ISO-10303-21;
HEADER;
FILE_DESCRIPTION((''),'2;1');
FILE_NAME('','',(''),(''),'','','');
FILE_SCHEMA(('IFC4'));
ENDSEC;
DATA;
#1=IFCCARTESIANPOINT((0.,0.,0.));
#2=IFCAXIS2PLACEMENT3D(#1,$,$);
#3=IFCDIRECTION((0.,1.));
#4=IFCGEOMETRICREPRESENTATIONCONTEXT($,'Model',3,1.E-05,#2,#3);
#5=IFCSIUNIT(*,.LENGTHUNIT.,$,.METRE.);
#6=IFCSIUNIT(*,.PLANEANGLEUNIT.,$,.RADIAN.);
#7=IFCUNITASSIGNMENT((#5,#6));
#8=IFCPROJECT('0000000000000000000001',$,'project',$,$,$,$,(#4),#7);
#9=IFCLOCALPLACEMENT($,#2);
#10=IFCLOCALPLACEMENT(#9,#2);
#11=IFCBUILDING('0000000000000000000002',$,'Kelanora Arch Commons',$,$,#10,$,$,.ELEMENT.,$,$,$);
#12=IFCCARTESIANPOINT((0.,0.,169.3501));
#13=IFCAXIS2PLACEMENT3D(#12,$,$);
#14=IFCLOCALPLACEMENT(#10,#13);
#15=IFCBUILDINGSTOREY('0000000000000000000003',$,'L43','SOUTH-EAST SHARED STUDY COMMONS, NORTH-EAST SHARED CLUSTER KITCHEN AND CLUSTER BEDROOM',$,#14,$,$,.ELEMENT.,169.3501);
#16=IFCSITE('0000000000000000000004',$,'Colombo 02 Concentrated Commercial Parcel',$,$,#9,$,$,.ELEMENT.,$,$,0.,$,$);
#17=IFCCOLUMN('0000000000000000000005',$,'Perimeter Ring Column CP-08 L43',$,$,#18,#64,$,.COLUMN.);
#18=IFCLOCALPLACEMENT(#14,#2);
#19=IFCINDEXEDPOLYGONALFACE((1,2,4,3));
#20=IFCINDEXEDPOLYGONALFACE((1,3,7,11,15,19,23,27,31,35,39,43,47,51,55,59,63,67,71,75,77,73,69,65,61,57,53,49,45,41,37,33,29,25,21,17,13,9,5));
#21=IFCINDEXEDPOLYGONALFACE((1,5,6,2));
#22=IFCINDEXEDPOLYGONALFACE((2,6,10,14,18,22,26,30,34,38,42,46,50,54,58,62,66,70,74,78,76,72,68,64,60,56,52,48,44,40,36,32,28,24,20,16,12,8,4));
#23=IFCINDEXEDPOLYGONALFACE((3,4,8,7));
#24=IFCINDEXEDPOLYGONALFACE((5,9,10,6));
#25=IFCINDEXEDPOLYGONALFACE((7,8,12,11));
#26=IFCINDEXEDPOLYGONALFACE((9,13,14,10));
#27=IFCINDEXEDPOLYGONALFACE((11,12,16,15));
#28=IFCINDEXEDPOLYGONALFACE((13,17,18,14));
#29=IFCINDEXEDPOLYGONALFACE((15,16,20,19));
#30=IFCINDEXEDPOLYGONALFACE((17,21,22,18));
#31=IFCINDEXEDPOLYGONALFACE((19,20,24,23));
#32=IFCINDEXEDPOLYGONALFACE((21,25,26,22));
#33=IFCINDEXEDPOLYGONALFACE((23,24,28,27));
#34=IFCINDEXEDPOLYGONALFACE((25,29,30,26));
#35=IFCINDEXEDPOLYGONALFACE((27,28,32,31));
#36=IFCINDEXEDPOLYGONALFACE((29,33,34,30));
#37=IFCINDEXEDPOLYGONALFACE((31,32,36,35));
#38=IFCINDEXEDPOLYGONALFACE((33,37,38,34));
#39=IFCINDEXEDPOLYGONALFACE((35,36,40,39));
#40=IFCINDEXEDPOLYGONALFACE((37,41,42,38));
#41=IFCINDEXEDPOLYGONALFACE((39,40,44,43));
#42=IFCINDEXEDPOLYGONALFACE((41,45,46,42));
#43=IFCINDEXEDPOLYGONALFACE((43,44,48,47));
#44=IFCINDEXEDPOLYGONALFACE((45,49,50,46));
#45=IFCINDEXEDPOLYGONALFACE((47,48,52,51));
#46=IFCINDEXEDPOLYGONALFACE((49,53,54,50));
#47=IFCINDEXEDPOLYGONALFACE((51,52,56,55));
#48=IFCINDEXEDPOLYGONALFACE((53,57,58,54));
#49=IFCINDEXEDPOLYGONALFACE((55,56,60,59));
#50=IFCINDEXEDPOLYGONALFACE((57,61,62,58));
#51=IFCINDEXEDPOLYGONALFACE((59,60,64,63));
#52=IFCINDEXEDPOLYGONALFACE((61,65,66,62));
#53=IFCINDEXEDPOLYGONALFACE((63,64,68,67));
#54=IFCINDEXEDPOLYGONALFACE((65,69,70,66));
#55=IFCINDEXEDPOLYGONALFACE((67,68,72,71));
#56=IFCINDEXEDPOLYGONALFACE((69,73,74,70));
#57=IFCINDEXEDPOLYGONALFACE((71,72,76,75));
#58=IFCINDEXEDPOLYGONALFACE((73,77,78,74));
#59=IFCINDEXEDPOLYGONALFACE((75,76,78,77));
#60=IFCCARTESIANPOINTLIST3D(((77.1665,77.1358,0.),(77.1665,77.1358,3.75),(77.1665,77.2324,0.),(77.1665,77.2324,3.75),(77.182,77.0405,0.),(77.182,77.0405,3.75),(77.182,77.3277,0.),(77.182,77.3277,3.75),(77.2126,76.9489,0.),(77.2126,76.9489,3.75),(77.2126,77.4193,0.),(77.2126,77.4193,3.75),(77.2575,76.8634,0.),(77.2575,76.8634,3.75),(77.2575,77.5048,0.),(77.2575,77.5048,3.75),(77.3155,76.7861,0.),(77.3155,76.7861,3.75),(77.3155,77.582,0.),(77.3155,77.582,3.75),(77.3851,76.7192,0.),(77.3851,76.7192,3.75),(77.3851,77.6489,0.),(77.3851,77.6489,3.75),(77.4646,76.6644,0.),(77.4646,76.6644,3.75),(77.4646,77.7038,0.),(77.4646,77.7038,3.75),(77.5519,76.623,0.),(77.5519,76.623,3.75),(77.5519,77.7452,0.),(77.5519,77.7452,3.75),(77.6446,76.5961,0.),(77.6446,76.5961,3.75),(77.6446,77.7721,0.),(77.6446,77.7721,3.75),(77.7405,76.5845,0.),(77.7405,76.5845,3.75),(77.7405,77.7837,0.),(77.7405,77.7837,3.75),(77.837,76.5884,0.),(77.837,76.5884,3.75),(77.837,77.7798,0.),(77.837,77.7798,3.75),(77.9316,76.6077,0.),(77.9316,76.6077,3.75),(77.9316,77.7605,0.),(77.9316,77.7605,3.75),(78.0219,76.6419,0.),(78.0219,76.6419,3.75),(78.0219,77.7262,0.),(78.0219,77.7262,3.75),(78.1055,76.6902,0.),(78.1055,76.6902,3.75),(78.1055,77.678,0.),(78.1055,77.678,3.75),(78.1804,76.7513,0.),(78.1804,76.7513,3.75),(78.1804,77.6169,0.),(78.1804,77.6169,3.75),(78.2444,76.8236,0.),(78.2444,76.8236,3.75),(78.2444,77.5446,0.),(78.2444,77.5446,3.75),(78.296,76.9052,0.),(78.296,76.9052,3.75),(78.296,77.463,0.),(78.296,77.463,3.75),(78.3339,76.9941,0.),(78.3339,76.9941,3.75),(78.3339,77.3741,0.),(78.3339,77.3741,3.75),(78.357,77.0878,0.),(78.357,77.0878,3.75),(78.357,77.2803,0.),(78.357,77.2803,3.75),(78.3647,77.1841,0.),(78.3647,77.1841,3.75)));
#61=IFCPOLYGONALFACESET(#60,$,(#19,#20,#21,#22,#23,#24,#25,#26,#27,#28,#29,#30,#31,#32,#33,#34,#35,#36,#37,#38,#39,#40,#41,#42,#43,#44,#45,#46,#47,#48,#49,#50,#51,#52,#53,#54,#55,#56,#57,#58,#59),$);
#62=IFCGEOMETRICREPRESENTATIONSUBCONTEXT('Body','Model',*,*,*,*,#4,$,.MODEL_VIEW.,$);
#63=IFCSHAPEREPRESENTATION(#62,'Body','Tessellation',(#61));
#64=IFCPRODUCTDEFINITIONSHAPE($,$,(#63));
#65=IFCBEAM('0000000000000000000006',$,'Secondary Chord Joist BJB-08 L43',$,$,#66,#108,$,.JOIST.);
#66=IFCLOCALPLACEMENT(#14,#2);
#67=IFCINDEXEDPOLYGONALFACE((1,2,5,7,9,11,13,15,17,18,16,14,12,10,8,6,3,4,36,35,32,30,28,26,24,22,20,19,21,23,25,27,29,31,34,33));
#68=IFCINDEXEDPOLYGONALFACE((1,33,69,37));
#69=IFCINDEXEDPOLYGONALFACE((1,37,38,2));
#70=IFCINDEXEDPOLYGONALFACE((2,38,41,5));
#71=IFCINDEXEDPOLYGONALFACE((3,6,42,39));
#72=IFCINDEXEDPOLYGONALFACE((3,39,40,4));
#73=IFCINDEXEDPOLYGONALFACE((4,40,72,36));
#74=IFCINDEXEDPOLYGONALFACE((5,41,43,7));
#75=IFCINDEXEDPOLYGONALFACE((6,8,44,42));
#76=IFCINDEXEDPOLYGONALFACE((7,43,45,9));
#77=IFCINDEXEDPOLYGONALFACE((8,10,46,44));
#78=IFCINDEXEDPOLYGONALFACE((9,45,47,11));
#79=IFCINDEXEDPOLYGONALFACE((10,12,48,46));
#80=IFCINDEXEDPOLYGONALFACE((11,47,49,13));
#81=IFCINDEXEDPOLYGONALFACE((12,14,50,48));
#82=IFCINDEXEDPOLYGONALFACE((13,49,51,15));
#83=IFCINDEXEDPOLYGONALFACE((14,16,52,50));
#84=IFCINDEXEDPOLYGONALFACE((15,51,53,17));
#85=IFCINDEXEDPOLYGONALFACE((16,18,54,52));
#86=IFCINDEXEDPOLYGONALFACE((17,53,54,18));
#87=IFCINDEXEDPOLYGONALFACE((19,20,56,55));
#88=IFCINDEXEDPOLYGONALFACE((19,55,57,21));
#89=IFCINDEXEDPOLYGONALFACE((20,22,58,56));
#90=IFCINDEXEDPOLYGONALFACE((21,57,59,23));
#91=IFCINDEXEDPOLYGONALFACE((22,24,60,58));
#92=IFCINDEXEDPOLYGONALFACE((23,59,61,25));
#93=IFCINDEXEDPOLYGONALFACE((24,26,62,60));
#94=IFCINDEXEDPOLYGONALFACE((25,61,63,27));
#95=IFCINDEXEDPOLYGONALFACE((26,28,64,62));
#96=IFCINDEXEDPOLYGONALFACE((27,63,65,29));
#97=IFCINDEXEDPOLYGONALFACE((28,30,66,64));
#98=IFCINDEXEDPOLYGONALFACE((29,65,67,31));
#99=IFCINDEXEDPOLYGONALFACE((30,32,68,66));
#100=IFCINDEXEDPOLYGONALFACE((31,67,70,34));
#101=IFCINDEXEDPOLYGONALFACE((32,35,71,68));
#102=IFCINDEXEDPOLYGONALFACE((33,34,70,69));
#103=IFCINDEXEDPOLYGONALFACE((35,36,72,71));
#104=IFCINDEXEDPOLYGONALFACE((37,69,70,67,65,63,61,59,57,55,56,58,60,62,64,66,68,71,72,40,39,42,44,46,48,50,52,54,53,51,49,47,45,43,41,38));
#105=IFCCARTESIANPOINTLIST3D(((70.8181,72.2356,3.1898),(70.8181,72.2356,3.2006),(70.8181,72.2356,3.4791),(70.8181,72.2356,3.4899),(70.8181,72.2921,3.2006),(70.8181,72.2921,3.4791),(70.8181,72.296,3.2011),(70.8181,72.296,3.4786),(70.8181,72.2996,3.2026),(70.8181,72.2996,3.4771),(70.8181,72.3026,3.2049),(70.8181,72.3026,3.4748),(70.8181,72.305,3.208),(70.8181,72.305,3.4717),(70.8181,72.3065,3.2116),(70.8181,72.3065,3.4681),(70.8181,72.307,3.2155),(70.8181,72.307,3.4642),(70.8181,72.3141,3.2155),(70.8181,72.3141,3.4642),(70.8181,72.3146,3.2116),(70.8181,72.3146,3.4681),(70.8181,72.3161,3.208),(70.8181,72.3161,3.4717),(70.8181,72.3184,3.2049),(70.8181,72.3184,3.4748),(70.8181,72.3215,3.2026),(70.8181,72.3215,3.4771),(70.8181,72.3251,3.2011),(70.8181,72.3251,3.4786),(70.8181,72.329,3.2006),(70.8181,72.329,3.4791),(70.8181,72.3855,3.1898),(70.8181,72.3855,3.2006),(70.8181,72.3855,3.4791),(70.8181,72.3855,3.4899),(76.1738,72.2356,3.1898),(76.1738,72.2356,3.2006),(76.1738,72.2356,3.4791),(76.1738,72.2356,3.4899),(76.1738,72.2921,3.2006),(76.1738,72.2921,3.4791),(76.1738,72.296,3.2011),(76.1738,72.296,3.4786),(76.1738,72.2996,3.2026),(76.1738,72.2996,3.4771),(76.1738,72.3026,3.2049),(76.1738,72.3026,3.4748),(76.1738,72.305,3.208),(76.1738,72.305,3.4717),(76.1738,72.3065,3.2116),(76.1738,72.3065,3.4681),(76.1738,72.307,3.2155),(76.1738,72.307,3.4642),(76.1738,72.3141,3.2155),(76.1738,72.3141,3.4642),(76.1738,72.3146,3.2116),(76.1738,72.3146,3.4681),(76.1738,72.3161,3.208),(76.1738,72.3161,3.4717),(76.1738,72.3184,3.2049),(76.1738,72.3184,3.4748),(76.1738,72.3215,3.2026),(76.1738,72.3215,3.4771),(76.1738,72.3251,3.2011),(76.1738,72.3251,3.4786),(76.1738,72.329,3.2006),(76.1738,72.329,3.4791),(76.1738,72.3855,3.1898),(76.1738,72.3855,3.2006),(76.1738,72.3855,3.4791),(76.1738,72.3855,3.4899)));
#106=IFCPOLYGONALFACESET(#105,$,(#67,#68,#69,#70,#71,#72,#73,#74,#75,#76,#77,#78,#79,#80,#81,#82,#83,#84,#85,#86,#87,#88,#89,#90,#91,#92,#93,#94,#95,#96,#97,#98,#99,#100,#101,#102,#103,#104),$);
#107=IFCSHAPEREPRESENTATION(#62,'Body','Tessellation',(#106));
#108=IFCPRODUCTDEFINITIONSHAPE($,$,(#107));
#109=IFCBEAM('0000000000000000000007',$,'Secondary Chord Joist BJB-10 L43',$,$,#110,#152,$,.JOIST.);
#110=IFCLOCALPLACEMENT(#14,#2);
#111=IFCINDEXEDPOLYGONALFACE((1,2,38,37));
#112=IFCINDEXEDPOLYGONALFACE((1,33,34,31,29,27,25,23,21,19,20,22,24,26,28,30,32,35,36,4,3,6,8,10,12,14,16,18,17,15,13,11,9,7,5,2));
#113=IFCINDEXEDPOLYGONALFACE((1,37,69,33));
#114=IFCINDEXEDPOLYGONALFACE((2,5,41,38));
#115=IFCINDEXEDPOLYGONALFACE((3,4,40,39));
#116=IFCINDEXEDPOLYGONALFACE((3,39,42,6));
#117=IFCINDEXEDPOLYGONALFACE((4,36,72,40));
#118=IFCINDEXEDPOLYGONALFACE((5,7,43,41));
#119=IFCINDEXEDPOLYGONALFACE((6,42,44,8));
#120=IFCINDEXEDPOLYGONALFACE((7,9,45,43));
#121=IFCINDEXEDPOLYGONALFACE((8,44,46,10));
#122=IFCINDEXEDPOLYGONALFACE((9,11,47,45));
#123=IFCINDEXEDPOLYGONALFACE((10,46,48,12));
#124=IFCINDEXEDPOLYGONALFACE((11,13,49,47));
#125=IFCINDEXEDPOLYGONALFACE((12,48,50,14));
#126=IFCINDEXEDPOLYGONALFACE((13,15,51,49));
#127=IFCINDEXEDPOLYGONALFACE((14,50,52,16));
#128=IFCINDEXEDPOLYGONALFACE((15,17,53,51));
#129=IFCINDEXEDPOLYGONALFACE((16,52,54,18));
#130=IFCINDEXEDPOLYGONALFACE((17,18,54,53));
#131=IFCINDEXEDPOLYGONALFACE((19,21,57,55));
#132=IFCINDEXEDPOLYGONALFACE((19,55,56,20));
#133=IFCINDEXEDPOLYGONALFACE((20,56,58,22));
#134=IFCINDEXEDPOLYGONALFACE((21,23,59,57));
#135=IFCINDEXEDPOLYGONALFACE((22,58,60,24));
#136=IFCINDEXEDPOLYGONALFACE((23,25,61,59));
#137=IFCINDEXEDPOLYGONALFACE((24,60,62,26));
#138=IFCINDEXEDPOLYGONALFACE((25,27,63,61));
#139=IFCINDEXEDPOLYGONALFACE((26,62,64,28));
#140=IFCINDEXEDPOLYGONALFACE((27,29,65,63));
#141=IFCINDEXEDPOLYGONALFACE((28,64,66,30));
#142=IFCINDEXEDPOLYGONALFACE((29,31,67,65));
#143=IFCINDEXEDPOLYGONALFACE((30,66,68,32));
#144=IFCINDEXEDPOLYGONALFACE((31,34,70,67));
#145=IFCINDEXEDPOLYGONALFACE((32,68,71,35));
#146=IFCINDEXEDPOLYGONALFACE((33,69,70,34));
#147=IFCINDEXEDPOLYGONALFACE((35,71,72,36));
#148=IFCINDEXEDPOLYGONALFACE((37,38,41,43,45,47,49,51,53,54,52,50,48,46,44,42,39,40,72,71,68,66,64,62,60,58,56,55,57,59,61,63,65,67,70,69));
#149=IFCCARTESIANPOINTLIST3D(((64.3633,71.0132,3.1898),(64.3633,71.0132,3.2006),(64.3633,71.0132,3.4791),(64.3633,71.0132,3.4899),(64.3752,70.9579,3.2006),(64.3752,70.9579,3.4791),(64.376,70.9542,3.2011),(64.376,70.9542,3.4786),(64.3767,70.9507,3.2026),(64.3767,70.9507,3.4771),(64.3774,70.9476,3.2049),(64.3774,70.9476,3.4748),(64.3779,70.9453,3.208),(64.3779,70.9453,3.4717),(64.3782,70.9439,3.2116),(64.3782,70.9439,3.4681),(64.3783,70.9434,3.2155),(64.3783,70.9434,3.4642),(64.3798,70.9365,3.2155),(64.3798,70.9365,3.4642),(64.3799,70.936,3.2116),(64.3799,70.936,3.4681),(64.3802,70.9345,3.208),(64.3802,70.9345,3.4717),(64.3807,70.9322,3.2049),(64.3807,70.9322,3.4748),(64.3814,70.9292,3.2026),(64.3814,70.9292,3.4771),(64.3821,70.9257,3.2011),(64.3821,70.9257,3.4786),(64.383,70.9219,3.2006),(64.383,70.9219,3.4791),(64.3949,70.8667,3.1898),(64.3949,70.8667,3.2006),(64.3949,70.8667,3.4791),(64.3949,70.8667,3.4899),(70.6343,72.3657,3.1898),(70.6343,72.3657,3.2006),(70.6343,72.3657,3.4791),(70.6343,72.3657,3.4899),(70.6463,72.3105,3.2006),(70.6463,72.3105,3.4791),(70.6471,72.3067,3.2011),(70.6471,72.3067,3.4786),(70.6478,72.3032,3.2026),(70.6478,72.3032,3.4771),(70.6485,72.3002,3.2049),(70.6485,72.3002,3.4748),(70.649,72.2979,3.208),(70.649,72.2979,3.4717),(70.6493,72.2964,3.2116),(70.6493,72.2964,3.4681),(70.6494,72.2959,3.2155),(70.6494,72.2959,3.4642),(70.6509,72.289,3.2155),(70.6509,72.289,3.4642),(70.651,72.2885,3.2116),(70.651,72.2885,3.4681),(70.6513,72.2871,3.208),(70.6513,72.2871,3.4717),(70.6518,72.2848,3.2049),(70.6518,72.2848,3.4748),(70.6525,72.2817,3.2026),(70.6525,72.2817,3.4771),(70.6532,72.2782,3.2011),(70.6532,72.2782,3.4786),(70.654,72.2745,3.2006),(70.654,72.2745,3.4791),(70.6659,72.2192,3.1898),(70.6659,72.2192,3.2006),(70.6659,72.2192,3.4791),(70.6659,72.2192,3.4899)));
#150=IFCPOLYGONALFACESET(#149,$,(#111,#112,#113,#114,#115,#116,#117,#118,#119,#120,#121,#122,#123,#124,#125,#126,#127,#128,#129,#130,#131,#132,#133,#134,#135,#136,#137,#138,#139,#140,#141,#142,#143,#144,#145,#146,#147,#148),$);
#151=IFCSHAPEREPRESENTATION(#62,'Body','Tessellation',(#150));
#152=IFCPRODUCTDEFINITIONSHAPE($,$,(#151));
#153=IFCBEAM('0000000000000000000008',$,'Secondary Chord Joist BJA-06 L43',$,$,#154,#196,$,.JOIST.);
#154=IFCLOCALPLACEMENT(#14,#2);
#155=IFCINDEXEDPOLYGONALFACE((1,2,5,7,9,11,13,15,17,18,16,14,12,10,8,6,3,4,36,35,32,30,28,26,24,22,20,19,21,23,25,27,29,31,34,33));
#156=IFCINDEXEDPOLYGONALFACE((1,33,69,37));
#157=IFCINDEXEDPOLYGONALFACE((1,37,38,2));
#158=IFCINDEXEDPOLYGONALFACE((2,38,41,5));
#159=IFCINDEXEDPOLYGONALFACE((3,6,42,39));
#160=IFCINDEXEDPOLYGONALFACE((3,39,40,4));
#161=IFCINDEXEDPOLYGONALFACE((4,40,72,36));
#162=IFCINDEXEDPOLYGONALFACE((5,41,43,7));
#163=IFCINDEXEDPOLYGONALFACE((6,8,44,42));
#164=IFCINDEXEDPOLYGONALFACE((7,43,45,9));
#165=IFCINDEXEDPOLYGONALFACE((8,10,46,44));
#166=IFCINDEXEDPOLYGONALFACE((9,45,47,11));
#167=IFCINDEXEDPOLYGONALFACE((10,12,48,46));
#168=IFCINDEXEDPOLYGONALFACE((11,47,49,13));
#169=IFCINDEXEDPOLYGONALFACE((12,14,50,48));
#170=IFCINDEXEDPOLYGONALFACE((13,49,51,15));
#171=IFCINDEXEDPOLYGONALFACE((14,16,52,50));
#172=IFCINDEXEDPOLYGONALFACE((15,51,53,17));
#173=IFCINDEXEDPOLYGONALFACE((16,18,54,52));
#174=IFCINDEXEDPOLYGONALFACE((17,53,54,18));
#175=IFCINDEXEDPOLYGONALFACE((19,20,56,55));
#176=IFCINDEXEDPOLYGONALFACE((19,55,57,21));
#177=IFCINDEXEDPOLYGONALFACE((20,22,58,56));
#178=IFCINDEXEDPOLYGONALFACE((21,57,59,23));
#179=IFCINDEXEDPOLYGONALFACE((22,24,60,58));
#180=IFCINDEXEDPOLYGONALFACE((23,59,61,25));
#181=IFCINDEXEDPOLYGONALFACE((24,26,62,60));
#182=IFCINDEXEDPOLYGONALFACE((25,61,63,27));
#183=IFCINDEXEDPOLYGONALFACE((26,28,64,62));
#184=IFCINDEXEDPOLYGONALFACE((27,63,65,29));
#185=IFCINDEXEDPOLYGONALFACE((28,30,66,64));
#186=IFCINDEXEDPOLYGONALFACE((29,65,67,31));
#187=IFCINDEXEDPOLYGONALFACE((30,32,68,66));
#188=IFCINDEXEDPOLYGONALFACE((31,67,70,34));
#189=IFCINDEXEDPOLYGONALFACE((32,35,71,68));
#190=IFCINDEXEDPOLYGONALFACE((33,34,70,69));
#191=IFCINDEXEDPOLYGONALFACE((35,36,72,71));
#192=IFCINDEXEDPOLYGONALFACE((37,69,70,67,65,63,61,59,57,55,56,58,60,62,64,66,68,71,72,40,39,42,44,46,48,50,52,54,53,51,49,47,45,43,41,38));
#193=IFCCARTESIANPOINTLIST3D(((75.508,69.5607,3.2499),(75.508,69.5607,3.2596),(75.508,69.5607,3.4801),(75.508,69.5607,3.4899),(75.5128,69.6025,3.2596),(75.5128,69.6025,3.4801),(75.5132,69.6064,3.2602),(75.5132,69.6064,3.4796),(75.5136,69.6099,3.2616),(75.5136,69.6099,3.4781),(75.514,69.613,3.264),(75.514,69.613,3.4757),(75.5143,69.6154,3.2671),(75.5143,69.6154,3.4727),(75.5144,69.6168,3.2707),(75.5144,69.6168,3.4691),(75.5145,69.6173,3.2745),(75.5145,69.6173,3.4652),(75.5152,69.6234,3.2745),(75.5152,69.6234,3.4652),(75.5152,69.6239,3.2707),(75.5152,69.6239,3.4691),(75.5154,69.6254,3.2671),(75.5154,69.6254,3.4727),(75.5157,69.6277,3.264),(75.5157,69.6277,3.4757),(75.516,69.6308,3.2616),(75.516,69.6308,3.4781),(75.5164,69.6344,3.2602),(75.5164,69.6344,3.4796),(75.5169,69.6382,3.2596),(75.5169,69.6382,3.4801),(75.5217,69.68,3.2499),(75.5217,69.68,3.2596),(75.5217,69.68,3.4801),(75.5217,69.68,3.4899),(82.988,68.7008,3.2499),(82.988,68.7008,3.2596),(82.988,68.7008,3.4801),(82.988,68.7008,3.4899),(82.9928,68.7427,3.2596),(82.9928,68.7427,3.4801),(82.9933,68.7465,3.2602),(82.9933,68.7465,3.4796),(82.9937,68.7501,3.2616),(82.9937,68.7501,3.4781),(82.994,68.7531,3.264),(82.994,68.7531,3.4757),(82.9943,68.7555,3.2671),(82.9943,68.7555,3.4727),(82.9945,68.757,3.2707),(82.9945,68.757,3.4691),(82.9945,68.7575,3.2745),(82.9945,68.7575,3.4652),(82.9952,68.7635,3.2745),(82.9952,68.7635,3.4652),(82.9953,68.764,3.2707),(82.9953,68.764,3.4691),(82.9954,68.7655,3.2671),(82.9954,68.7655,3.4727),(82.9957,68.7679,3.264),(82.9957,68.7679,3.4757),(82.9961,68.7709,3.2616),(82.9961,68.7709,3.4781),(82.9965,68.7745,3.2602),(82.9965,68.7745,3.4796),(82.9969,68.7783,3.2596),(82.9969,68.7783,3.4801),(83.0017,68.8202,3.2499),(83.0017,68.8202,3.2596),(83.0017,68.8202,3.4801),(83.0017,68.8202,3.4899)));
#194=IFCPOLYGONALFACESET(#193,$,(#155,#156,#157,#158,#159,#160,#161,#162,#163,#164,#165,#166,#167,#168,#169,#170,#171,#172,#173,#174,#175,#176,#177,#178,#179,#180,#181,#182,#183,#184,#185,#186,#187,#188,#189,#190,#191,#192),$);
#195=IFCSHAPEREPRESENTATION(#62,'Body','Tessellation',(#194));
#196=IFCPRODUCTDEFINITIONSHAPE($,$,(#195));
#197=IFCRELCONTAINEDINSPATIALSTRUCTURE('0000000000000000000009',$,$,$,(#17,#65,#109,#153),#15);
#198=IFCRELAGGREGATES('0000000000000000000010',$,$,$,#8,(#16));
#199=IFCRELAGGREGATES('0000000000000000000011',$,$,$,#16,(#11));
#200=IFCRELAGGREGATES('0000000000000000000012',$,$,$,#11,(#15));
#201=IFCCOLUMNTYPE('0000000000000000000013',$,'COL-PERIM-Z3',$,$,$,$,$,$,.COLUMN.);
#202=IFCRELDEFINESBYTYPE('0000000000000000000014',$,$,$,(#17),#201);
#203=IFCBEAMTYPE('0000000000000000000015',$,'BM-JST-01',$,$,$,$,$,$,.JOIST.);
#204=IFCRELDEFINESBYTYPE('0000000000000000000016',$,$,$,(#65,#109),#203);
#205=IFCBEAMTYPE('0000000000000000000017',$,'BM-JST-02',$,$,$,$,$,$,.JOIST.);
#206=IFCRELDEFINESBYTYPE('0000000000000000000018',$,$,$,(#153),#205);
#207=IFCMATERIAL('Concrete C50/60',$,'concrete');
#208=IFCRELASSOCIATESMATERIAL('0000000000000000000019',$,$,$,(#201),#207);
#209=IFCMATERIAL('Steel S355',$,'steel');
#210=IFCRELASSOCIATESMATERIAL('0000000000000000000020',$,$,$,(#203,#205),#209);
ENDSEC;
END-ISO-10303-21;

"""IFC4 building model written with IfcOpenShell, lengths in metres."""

from ifc_helpers import new_model, si_unit, direction, frame, origin, origin_2d, place, context, subcontext, project, spatial, circle, i_section, extrude, material, material_profile, profile_set, type_object, element, save


model = new_model("IFC4")

# Units and contexts
model_context = context("Model", 3, precision=1e-05, world=origin(), true_north=direction((0.0, 1.0)))
body_context = subcontext(model_context, "Body", "Model", "MODEL_VIEW")
ifc_project = project(units=[si_unit("LENGTHUNIT", "METRE"), si_unit("PLANEANGLEUNIT", "RADIAN")], contexts=[model_context])

# Site, building, storey
site_placement = place(None, origin())
site = spatial("IfcSite", under=ifc_project, at=site_placement, Name="Colombo 02 Concentrated Commercial Parcel", CompositionType="ELEMENT", RefElevation=0.0)
building_placement = place(site_placement, origin())
building = spatial("IfcBuilding", under=site, at=building_placement, Name="Kelanora Arch Commons", CompositionType="ELEMENT")
storey_placement = place(building_placement, frame((0.0, 0.0, 169.3501)))
storey = spatial("IfcBuildingStorey", under=building, at=storey_placement, Name="L43", Description="SOUTH-EAST SHARED STUDY COMMONS, NORTH-EAST SHARED CLUSTER KITCHEN AND CLUSTER BEDROOM", CompositionType="ELEMENT", Elevation=169.3501)

# Column
ifc_material_1 = material(Name="Concrete C50/60", Category="concrete")
ifc_material_profile_1 = material_profile(ifc_material_1, circle(Radius=0.6001, at=origin_2d()), Name="RCC1200")
ifc_profile_set_1 = profile_set([ifc_material_profile_1], Name="Concrete C50/60")
column_type = type_object("IfcColumnType", Name="COL-PERIM-Z3", PredefinedType="COLUMN", material=ifc_profile_set_1)
column_placement = place(storey_placement, frame((77.7646, 77.1841, 0.0), z_axis=(0.0, 0.0, 1.0), x_axis=(1.0, 0.0, 0.0)))
element("IfcColumn", 1, at=column_placement, inside=storey, type_object=column_type, Name="Perimeter Ring Column CP-08 L43", PredefinedType="COLUMN", context=body_context, shape_type="SweptSolid", body=[
    extrude(circle(Radius=0.6001, at=origin_2d()), origin(), (0.0, 0.0, 1.0), 3.75),
])

# Beams
ifc_material_2 = material(Name="Steel S355", Category="steel")
ifc_material_profile_2 = material_profile(ifc_material_2, i_section(OverallWidth=0.1499, OverallDepth=0.3, WebThickness=0.0071, FlangeThickness=0.0107, FilletRadius=0.0149, at=origin_2d()), Name="IPE300")
ifc_profile_set_2 = profile_set([ifc_material_profile_2], Name="Steel S355")
beam_type_1 = type_object("IfcBeamType", Name="BM-JST-01", PredefinedType="JOIST", material=ifc_profile_set_2)
beam_1_placement = place(storey_placement, frame((76.1738, 72.3105, 3.3398), z_axis=(-1.0, 0.0, 0.0), x_axis=(0.0, -1.0, 0.0)))
element("IfcBeam", 2, at=beam_1_placement, inside=storey, type_object=beam_type_1, Name="Secondary Chord Joist BJB-08 L43", PredefinedType="JOIST", context=body_context, shape_type="SweptSolid", body=[
    extrude(i_section(OverallWidth=0.1499, OverallDepth=0.3, WebThickness=0.0071, FlangeThickness=0.0107, FilletRadius=0.0149, at=origin_2d()), origin(), (0.0, 0.0, 1.0), 5.3557),
])
beam_2_placement = place(storey_placement, frame((70.6501, 72.2925, 3.3398), z_axis=(-0.977522, -0.210834, 0.0), x_axis=(0.210834, -0.977522, 0.0)))
element("IfcBeam", 3, at=beam_2_placement, inside=storey, type_object=beam_type_1, Name="Secondary Chord Joist BJB-10 L43", PredefinedType="JOIST", context=body_context, shape_type="SweptSolid", body=[
    extrude(i_section(OverallWidth=0.1499, OverallDepth=0.3, WebThickness=0.0071, FlangeThickness=0.0107, FilletRadius=0.0149, at=origin_2d()), origin(), (0.0, 0.0, 1.0), 6.4153),
])
ifc_material_profile_3 = material_profile(ifc_material_2, i_section(OverallWidth=0.1201, OverallDepth=0.24, WebThickness=0.0061, FlangeThickness=0.0098, FilletRadius=0.0149, at=origin_2d()), Name="IPE240")
ifc_profile_set_3 = profile_set([ifc_material_profile_3], Name="Steel S355")
beam_type_2 = type_object("IfcBeamType", Name="BM-JST-02", PredefinedType="JOIST", material=ifc_profile_set_3)
beam_3_placement = place(storey_placement, frame((82.9949, 68.7605, 3.3699), z_axis=(-0.993457, 0.114203, 0.0), x_axis=(-0.114203, -0.993457, 0.0)))
element("IfcBeam", 4, at=beam_3_placement, inside=storey, type_object=beam_type_2, Name="Secondary Chord Joist BJA-06 L43", PredefinedType="JOIST", context=body_context, shape_type="SweptSolid", body=[
    extrude(i_section(OverallWidth=0.1201, OverallDepth=0.24, WebThickness=0.0061, FlangeThickness=0.0098, FilletRadius=0.0149, at=origin_2d()), origin(), (0.0, 0.0, 1.0), 7.5293),
])

save(model, "model.ifc")
